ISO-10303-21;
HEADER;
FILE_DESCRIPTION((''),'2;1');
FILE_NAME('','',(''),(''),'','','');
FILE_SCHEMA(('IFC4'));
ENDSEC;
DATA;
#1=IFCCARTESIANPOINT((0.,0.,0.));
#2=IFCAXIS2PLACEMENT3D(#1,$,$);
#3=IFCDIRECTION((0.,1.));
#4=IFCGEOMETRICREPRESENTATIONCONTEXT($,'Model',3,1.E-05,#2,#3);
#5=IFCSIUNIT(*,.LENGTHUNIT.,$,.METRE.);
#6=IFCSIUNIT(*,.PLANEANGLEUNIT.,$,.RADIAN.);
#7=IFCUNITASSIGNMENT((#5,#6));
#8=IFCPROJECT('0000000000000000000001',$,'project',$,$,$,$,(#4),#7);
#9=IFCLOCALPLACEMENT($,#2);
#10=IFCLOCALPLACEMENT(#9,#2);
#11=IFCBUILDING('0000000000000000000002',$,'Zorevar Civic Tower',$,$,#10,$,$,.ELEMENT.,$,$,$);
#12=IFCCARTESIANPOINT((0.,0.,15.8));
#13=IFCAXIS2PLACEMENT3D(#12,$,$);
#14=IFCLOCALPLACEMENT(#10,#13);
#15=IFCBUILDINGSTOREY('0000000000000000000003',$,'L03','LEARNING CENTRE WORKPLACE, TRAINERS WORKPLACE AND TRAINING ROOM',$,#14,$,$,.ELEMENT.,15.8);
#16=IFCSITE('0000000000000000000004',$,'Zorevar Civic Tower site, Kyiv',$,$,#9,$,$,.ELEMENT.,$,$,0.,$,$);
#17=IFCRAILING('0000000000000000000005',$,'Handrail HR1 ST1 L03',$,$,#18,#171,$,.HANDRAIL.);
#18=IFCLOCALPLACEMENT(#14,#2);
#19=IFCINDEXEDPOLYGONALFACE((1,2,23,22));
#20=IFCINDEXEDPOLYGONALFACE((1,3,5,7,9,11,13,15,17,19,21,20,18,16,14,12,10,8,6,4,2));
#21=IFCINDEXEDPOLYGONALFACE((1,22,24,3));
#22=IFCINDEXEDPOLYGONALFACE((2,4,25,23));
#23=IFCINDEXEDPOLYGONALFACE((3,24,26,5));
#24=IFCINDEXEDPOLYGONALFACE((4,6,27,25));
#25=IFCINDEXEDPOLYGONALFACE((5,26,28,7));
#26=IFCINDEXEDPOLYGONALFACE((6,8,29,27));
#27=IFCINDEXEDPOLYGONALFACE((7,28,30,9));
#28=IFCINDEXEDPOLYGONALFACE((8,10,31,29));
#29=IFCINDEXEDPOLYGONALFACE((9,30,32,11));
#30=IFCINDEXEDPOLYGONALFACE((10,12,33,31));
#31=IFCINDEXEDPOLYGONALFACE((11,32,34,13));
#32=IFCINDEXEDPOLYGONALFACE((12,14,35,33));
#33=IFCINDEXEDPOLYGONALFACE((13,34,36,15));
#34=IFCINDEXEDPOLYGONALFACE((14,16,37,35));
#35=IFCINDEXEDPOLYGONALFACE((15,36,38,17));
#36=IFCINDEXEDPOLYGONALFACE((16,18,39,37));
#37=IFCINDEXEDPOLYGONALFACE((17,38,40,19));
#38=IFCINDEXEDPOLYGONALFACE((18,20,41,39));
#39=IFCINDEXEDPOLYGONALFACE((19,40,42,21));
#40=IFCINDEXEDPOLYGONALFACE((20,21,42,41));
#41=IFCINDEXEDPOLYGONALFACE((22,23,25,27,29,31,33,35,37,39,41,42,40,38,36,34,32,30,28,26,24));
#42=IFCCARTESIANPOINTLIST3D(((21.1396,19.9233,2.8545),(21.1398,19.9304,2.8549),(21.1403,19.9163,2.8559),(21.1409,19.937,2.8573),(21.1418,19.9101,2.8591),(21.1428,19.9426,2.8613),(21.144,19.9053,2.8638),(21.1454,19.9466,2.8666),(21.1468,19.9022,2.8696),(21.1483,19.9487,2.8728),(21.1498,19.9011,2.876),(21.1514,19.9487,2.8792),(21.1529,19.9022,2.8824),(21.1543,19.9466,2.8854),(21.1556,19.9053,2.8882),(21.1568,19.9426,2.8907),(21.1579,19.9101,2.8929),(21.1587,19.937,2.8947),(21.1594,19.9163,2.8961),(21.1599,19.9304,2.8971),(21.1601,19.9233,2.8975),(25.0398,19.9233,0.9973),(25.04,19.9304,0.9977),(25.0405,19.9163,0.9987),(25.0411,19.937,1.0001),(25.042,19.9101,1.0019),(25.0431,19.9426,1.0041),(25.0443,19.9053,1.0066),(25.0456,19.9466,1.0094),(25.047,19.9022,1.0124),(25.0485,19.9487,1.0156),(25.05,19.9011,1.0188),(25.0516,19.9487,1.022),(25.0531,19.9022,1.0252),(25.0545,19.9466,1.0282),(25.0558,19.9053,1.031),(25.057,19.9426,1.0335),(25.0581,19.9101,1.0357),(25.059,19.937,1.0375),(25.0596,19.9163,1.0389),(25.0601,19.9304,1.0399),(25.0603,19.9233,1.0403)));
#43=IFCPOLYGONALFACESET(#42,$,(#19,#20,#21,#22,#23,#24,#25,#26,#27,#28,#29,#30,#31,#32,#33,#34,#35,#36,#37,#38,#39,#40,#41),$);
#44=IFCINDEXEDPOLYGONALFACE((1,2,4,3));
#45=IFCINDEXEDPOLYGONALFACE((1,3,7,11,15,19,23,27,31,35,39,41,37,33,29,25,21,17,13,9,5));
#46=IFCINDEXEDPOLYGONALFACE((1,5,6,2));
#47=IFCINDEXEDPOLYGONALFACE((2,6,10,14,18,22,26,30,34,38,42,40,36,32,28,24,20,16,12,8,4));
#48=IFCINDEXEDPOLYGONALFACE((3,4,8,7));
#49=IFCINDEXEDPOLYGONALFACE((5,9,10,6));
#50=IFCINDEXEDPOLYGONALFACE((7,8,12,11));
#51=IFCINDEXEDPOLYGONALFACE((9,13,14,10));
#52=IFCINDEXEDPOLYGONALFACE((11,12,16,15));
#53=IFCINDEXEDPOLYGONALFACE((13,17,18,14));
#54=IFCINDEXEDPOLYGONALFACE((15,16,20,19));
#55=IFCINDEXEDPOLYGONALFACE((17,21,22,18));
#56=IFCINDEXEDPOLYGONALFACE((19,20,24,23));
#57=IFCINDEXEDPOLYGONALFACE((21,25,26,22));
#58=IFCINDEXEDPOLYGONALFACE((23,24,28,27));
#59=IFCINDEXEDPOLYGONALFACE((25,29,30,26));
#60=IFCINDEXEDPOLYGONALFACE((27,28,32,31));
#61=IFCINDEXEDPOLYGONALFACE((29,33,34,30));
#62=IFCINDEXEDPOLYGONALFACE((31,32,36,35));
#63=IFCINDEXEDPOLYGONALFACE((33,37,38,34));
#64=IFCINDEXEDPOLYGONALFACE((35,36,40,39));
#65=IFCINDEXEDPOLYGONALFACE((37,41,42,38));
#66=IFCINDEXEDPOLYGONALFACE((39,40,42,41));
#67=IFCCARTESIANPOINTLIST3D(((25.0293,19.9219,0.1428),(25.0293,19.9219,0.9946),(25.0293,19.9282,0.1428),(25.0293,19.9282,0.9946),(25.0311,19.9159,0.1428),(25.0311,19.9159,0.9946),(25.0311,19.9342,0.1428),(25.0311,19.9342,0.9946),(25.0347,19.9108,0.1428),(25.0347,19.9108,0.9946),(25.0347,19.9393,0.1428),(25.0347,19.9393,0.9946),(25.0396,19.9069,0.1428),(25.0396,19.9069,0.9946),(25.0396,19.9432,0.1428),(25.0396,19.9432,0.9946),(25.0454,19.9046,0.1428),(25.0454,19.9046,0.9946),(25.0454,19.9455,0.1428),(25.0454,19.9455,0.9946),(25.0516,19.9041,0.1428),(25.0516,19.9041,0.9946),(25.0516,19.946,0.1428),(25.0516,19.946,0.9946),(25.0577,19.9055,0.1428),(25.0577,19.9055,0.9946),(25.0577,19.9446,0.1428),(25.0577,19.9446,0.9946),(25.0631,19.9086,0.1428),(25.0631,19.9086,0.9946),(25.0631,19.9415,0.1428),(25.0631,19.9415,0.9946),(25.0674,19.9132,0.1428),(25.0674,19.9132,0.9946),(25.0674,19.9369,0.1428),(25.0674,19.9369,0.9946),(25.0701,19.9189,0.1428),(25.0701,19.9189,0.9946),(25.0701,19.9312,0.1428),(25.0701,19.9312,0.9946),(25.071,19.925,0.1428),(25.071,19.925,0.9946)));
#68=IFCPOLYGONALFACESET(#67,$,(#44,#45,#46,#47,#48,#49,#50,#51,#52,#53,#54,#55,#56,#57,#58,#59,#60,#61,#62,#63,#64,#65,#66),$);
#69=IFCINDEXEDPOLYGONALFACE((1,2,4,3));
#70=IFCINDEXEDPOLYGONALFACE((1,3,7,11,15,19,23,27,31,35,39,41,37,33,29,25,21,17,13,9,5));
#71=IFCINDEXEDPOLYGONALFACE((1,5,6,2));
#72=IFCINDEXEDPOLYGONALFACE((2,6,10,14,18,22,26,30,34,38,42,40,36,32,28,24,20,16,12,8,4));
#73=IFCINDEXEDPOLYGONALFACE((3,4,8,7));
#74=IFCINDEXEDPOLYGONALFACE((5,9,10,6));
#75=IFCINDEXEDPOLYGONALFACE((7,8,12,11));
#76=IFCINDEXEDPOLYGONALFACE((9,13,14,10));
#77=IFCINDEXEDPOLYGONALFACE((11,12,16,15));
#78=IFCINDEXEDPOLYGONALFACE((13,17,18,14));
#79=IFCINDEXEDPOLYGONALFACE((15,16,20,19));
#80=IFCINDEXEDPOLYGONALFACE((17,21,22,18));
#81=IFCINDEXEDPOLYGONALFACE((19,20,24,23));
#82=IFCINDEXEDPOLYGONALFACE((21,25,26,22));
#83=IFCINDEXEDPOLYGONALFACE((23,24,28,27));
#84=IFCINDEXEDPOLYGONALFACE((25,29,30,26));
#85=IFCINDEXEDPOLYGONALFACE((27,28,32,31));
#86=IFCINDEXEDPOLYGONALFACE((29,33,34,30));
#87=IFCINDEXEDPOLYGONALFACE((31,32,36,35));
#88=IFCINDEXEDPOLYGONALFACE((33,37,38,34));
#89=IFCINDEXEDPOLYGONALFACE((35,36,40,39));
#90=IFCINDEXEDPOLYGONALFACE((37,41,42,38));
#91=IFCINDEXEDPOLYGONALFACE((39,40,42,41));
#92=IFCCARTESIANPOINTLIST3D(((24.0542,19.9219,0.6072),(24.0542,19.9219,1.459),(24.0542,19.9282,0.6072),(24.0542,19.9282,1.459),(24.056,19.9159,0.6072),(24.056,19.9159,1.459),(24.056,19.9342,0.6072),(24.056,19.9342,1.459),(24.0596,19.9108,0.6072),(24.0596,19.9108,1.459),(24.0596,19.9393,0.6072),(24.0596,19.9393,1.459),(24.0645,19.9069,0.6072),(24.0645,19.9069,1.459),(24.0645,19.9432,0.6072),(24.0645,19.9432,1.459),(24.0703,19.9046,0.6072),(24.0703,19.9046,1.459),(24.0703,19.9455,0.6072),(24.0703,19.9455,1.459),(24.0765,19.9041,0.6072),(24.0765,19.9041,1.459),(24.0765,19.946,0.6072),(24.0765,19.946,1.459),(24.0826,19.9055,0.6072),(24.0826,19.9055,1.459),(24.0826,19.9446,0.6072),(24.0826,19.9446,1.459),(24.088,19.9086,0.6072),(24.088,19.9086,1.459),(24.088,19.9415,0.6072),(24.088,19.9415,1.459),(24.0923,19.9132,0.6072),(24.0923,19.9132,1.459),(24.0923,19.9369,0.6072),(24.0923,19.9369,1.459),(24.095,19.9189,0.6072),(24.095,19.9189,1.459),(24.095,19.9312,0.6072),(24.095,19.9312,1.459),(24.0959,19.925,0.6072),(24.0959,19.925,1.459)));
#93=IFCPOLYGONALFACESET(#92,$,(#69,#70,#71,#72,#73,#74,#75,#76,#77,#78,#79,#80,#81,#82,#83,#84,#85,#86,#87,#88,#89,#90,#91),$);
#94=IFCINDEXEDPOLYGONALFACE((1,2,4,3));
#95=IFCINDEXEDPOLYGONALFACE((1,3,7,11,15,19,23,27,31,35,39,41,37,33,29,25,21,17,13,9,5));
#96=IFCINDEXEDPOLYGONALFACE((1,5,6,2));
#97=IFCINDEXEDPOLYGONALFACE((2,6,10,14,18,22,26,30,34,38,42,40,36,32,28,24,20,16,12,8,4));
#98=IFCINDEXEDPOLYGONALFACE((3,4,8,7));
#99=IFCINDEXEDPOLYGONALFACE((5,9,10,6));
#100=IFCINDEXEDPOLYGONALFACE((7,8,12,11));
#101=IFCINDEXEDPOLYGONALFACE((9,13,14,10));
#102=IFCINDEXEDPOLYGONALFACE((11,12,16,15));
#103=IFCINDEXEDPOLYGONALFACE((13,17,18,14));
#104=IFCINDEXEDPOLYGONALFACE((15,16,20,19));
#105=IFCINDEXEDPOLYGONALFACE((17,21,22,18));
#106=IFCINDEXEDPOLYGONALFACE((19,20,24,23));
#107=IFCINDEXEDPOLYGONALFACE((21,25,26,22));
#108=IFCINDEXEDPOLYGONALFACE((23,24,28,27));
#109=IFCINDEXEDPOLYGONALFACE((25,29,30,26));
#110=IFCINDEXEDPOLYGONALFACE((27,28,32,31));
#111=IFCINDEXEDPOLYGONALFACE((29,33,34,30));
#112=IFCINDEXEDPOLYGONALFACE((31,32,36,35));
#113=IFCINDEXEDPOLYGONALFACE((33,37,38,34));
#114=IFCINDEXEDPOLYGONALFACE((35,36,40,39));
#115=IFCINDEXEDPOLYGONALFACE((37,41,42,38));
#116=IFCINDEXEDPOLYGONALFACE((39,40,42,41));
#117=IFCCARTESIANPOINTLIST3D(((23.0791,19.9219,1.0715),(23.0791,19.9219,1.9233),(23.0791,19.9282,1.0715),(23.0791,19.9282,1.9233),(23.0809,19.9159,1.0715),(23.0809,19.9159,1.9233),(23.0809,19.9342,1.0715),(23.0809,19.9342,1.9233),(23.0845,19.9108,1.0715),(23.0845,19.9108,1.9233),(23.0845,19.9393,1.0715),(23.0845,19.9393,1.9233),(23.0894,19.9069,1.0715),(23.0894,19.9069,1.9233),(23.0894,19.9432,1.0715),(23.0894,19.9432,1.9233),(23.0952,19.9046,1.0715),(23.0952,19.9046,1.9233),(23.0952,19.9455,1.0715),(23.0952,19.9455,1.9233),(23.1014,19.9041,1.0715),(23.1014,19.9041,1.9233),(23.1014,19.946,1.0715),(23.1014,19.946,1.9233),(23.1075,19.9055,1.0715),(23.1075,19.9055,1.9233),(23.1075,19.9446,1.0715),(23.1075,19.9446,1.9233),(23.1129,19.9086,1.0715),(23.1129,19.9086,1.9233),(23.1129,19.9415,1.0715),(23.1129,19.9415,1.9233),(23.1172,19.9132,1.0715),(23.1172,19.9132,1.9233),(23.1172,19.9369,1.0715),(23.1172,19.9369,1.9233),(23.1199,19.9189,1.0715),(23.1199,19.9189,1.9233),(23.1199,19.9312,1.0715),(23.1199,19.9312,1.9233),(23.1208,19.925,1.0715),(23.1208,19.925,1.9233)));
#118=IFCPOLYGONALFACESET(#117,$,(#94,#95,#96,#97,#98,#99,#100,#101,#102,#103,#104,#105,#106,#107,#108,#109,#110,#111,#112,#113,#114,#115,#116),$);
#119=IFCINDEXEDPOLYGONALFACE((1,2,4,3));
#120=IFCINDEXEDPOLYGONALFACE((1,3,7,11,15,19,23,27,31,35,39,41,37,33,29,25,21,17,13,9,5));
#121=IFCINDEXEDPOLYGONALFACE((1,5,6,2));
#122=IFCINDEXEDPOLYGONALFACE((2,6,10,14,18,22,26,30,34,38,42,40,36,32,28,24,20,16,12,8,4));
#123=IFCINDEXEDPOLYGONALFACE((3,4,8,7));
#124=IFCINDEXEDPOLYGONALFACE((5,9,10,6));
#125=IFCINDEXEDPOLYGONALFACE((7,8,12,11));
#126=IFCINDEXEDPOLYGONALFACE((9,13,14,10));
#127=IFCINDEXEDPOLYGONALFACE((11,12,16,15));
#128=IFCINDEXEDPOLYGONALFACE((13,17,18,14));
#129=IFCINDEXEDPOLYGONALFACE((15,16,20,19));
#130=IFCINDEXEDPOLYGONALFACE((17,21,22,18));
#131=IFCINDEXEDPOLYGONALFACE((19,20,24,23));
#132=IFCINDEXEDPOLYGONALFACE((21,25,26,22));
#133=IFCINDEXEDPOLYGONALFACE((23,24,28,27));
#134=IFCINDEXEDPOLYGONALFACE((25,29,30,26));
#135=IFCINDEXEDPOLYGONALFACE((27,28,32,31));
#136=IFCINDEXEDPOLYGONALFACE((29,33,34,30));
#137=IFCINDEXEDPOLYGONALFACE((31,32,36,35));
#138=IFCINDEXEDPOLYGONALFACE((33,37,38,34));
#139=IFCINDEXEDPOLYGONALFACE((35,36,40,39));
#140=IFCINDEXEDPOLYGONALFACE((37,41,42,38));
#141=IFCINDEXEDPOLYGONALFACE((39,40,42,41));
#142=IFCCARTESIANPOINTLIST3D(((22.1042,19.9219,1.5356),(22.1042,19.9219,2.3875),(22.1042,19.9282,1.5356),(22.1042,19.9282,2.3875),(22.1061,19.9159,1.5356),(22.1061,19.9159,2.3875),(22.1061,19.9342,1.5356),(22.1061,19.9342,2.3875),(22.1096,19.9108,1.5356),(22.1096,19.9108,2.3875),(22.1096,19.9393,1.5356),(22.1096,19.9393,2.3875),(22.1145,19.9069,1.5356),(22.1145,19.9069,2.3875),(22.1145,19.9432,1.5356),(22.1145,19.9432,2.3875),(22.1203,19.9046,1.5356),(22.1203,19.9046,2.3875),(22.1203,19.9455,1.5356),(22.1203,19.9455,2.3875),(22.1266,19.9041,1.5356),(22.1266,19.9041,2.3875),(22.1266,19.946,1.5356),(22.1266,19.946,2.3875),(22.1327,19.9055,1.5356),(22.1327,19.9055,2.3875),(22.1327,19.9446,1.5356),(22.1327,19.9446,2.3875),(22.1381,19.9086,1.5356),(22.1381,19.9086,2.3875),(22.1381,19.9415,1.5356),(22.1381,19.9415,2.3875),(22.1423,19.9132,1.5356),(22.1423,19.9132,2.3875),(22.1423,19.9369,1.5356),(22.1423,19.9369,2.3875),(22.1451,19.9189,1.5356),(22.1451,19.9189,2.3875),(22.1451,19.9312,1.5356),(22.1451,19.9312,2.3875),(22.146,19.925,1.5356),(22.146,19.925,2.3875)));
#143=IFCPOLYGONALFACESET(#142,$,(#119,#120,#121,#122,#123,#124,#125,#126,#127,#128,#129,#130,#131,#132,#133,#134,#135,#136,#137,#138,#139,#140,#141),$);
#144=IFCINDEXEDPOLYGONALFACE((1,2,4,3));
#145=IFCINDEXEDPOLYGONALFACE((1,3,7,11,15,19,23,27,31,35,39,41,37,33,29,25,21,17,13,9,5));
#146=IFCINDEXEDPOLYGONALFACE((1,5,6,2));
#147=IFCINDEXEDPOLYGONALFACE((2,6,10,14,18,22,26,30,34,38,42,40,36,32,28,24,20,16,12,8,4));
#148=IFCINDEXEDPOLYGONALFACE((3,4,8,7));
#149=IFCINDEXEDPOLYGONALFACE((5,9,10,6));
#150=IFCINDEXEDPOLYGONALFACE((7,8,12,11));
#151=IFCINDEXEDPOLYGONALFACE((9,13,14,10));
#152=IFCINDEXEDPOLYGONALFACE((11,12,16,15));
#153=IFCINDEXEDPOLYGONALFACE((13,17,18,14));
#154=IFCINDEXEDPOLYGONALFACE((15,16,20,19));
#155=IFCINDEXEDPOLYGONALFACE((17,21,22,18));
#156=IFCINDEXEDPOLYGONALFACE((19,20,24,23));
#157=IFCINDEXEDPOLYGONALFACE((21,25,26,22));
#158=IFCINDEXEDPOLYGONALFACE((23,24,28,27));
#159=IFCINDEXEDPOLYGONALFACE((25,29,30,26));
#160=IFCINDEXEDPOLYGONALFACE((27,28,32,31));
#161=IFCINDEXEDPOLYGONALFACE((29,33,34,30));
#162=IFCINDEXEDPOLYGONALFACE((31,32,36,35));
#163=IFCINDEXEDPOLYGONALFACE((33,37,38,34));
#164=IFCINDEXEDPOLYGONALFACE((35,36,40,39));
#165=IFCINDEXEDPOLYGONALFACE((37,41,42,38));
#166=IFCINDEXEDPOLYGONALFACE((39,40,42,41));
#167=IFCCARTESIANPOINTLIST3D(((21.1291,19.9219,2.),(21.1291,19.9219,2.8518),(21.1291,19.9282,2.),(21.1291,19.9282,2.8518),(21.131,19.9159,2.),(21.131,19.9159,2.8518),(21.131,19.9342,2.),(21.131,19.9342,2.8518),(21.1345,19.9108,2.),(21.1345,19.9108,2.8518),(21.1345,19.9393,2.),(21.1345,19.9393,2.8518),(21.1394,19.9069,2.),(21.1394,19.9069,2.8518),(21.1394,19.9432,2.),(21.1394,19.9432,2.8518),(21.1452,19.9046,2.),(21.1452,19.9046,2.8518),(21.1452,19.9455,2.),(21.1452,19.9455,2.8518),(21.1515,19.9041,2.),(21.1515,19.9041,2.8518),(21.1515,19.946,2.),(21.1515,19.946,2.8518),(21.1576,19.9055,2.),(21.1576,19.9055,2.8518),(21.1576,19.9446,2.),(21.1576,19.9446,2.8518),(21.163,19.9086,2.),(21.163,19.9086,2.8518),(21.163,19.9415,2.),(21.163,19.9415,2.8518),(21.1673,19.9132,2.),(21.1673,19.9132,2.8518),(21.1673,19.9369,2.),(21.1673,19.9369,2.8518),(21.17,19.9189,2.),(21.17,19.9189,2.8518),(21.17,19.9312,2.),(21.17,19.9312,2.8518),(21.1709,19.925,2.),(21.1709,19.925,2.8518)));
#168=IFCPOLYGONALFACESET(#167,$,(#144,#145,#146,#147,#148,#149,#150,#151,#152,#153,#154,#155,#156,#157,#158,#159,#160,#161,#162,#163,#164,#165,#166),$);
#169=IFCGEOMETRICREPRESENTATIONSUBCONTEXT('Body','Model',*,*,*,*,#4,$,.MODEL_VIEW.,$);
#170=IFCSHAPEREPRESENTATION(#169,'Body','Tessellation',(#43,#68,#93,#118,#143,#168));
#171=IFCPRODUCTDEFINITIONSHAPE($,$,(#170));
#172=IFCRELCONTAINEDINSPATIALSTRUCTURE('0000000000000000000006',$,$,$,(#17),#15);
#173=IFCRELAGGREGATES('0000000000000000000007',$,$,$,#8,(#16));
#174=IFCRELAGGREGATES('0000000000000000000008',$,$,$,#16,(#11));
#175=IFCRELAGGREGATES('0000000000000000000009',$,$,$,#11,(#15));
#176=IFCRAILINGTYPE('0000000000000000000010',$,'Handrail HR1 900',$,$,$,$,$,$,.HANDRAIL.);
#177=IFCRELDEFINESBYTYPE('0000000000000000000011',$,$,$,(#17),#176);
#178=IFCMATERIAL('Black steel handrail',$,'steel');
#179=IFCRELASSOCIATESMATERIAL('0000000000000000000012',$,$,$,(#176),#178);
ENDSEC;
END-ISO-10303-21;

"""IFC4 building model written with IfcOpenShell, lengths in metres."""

from ifc_helpers import new_model, si_unit, direction, frame, origin, origin_2d, place, context, subcontext, project, spatial, circle, extrude, material, type_object, element, save


model = new_model("IFC4")

# Units and contexts
model_context = context("Model", 3, precision=1e-05, world=origin(), true_north=direction((0.0, 1.0)))
body_context = subcontext(model_context, "Body", "Model", "MODEL_VIEW")
ifc_project = project(units=[si_unit("LENGTHUNIT", "METRE"), si_unit("PLANEANGLEUNIT", "RADIAN")], contexts=[model_context])

# Site, building, storey
site_placement = place(None, origin())
site = spatial("IfcSite", under=ifc_project, at=site_placement, Name="Zorevar Civic Tower site, Kyiv", CompositionType="ELEMENT", RefElevation=0.0)
building_placement = place(site_placement, origin())
building = spatial("IfcBuilding", under=site, at=building_placement, Name="Zorevar Civic Tower", CompositionType="ELEMENT")
storey_placement = place(building_placement, frame((0.0, 0.0, 15.8)))
storey = spatial("IfcBuildingStorey", under=building, at=storey_placement, Name="L03", Description="LEARNING CENTRE WORKPLACE, TRAINERS WORKPLACE AND TRAINING ROOM", CompositionType="ELEMENT", Elevation=15.8)

# Railing
ifc_material_1 = material(Name="Black steel handrail", Category="steel")
railing_type = type_object("IfcRailingType", Name="Handrail HR1 900", PredefinedType="HANDRAIL", material=ifc_material_1)
railing_1_placement = place(storey_placement, frame((25.05, 19.925, 0.1428)))
element("IfcRailing", 1, at=railing_1_placement, inside=storey, type_object=railing_type, Name="Handrail HR1 ST1 L03", PredefinedType="HANDRAIL", context=body_context, shape_type="SweptSolid", body=[
    extrude(circle(Radius=0.0239, at=origin_2d()), frame((0.0, 0.0, 0.876), z_axis=(-0.902864, 0.0, 0.429927), x_axis=(0.0, -1.0, 0.0)), (0.0, 0.0, 1.0), 4.3198),
    extrude(circle(Radius=0.021, at=origin_2d()), origin(), (0.0, 0.0, 1.0), 0.8518),
    extrude(circle(Radius=0.021, at=origin_2d()), frame((-0.9751, 0.0, 0.4644)), (0.0, 0.0, 1.0), 0.8518),
    extrude(circle(Radius=0.021, at=origin_2d()), frame((-1.9502, 0.0, 0.9287)), (0.0, 0.0, 1.0), 0.8518),
    extrude(circle(Radius=0.021, at=origin_2d()), frame((-2.925, 0.0, 1.3928)), (0.0, 0.0, 1.0), 0.8518),
    extrude(circle(Radius=0.021, at=origin_2d()), frame((-3.9001, 0.0, 1.8572)), (0.0, 0.0, 1.0), 0.8518),
])

save(model, "model.ifc")
